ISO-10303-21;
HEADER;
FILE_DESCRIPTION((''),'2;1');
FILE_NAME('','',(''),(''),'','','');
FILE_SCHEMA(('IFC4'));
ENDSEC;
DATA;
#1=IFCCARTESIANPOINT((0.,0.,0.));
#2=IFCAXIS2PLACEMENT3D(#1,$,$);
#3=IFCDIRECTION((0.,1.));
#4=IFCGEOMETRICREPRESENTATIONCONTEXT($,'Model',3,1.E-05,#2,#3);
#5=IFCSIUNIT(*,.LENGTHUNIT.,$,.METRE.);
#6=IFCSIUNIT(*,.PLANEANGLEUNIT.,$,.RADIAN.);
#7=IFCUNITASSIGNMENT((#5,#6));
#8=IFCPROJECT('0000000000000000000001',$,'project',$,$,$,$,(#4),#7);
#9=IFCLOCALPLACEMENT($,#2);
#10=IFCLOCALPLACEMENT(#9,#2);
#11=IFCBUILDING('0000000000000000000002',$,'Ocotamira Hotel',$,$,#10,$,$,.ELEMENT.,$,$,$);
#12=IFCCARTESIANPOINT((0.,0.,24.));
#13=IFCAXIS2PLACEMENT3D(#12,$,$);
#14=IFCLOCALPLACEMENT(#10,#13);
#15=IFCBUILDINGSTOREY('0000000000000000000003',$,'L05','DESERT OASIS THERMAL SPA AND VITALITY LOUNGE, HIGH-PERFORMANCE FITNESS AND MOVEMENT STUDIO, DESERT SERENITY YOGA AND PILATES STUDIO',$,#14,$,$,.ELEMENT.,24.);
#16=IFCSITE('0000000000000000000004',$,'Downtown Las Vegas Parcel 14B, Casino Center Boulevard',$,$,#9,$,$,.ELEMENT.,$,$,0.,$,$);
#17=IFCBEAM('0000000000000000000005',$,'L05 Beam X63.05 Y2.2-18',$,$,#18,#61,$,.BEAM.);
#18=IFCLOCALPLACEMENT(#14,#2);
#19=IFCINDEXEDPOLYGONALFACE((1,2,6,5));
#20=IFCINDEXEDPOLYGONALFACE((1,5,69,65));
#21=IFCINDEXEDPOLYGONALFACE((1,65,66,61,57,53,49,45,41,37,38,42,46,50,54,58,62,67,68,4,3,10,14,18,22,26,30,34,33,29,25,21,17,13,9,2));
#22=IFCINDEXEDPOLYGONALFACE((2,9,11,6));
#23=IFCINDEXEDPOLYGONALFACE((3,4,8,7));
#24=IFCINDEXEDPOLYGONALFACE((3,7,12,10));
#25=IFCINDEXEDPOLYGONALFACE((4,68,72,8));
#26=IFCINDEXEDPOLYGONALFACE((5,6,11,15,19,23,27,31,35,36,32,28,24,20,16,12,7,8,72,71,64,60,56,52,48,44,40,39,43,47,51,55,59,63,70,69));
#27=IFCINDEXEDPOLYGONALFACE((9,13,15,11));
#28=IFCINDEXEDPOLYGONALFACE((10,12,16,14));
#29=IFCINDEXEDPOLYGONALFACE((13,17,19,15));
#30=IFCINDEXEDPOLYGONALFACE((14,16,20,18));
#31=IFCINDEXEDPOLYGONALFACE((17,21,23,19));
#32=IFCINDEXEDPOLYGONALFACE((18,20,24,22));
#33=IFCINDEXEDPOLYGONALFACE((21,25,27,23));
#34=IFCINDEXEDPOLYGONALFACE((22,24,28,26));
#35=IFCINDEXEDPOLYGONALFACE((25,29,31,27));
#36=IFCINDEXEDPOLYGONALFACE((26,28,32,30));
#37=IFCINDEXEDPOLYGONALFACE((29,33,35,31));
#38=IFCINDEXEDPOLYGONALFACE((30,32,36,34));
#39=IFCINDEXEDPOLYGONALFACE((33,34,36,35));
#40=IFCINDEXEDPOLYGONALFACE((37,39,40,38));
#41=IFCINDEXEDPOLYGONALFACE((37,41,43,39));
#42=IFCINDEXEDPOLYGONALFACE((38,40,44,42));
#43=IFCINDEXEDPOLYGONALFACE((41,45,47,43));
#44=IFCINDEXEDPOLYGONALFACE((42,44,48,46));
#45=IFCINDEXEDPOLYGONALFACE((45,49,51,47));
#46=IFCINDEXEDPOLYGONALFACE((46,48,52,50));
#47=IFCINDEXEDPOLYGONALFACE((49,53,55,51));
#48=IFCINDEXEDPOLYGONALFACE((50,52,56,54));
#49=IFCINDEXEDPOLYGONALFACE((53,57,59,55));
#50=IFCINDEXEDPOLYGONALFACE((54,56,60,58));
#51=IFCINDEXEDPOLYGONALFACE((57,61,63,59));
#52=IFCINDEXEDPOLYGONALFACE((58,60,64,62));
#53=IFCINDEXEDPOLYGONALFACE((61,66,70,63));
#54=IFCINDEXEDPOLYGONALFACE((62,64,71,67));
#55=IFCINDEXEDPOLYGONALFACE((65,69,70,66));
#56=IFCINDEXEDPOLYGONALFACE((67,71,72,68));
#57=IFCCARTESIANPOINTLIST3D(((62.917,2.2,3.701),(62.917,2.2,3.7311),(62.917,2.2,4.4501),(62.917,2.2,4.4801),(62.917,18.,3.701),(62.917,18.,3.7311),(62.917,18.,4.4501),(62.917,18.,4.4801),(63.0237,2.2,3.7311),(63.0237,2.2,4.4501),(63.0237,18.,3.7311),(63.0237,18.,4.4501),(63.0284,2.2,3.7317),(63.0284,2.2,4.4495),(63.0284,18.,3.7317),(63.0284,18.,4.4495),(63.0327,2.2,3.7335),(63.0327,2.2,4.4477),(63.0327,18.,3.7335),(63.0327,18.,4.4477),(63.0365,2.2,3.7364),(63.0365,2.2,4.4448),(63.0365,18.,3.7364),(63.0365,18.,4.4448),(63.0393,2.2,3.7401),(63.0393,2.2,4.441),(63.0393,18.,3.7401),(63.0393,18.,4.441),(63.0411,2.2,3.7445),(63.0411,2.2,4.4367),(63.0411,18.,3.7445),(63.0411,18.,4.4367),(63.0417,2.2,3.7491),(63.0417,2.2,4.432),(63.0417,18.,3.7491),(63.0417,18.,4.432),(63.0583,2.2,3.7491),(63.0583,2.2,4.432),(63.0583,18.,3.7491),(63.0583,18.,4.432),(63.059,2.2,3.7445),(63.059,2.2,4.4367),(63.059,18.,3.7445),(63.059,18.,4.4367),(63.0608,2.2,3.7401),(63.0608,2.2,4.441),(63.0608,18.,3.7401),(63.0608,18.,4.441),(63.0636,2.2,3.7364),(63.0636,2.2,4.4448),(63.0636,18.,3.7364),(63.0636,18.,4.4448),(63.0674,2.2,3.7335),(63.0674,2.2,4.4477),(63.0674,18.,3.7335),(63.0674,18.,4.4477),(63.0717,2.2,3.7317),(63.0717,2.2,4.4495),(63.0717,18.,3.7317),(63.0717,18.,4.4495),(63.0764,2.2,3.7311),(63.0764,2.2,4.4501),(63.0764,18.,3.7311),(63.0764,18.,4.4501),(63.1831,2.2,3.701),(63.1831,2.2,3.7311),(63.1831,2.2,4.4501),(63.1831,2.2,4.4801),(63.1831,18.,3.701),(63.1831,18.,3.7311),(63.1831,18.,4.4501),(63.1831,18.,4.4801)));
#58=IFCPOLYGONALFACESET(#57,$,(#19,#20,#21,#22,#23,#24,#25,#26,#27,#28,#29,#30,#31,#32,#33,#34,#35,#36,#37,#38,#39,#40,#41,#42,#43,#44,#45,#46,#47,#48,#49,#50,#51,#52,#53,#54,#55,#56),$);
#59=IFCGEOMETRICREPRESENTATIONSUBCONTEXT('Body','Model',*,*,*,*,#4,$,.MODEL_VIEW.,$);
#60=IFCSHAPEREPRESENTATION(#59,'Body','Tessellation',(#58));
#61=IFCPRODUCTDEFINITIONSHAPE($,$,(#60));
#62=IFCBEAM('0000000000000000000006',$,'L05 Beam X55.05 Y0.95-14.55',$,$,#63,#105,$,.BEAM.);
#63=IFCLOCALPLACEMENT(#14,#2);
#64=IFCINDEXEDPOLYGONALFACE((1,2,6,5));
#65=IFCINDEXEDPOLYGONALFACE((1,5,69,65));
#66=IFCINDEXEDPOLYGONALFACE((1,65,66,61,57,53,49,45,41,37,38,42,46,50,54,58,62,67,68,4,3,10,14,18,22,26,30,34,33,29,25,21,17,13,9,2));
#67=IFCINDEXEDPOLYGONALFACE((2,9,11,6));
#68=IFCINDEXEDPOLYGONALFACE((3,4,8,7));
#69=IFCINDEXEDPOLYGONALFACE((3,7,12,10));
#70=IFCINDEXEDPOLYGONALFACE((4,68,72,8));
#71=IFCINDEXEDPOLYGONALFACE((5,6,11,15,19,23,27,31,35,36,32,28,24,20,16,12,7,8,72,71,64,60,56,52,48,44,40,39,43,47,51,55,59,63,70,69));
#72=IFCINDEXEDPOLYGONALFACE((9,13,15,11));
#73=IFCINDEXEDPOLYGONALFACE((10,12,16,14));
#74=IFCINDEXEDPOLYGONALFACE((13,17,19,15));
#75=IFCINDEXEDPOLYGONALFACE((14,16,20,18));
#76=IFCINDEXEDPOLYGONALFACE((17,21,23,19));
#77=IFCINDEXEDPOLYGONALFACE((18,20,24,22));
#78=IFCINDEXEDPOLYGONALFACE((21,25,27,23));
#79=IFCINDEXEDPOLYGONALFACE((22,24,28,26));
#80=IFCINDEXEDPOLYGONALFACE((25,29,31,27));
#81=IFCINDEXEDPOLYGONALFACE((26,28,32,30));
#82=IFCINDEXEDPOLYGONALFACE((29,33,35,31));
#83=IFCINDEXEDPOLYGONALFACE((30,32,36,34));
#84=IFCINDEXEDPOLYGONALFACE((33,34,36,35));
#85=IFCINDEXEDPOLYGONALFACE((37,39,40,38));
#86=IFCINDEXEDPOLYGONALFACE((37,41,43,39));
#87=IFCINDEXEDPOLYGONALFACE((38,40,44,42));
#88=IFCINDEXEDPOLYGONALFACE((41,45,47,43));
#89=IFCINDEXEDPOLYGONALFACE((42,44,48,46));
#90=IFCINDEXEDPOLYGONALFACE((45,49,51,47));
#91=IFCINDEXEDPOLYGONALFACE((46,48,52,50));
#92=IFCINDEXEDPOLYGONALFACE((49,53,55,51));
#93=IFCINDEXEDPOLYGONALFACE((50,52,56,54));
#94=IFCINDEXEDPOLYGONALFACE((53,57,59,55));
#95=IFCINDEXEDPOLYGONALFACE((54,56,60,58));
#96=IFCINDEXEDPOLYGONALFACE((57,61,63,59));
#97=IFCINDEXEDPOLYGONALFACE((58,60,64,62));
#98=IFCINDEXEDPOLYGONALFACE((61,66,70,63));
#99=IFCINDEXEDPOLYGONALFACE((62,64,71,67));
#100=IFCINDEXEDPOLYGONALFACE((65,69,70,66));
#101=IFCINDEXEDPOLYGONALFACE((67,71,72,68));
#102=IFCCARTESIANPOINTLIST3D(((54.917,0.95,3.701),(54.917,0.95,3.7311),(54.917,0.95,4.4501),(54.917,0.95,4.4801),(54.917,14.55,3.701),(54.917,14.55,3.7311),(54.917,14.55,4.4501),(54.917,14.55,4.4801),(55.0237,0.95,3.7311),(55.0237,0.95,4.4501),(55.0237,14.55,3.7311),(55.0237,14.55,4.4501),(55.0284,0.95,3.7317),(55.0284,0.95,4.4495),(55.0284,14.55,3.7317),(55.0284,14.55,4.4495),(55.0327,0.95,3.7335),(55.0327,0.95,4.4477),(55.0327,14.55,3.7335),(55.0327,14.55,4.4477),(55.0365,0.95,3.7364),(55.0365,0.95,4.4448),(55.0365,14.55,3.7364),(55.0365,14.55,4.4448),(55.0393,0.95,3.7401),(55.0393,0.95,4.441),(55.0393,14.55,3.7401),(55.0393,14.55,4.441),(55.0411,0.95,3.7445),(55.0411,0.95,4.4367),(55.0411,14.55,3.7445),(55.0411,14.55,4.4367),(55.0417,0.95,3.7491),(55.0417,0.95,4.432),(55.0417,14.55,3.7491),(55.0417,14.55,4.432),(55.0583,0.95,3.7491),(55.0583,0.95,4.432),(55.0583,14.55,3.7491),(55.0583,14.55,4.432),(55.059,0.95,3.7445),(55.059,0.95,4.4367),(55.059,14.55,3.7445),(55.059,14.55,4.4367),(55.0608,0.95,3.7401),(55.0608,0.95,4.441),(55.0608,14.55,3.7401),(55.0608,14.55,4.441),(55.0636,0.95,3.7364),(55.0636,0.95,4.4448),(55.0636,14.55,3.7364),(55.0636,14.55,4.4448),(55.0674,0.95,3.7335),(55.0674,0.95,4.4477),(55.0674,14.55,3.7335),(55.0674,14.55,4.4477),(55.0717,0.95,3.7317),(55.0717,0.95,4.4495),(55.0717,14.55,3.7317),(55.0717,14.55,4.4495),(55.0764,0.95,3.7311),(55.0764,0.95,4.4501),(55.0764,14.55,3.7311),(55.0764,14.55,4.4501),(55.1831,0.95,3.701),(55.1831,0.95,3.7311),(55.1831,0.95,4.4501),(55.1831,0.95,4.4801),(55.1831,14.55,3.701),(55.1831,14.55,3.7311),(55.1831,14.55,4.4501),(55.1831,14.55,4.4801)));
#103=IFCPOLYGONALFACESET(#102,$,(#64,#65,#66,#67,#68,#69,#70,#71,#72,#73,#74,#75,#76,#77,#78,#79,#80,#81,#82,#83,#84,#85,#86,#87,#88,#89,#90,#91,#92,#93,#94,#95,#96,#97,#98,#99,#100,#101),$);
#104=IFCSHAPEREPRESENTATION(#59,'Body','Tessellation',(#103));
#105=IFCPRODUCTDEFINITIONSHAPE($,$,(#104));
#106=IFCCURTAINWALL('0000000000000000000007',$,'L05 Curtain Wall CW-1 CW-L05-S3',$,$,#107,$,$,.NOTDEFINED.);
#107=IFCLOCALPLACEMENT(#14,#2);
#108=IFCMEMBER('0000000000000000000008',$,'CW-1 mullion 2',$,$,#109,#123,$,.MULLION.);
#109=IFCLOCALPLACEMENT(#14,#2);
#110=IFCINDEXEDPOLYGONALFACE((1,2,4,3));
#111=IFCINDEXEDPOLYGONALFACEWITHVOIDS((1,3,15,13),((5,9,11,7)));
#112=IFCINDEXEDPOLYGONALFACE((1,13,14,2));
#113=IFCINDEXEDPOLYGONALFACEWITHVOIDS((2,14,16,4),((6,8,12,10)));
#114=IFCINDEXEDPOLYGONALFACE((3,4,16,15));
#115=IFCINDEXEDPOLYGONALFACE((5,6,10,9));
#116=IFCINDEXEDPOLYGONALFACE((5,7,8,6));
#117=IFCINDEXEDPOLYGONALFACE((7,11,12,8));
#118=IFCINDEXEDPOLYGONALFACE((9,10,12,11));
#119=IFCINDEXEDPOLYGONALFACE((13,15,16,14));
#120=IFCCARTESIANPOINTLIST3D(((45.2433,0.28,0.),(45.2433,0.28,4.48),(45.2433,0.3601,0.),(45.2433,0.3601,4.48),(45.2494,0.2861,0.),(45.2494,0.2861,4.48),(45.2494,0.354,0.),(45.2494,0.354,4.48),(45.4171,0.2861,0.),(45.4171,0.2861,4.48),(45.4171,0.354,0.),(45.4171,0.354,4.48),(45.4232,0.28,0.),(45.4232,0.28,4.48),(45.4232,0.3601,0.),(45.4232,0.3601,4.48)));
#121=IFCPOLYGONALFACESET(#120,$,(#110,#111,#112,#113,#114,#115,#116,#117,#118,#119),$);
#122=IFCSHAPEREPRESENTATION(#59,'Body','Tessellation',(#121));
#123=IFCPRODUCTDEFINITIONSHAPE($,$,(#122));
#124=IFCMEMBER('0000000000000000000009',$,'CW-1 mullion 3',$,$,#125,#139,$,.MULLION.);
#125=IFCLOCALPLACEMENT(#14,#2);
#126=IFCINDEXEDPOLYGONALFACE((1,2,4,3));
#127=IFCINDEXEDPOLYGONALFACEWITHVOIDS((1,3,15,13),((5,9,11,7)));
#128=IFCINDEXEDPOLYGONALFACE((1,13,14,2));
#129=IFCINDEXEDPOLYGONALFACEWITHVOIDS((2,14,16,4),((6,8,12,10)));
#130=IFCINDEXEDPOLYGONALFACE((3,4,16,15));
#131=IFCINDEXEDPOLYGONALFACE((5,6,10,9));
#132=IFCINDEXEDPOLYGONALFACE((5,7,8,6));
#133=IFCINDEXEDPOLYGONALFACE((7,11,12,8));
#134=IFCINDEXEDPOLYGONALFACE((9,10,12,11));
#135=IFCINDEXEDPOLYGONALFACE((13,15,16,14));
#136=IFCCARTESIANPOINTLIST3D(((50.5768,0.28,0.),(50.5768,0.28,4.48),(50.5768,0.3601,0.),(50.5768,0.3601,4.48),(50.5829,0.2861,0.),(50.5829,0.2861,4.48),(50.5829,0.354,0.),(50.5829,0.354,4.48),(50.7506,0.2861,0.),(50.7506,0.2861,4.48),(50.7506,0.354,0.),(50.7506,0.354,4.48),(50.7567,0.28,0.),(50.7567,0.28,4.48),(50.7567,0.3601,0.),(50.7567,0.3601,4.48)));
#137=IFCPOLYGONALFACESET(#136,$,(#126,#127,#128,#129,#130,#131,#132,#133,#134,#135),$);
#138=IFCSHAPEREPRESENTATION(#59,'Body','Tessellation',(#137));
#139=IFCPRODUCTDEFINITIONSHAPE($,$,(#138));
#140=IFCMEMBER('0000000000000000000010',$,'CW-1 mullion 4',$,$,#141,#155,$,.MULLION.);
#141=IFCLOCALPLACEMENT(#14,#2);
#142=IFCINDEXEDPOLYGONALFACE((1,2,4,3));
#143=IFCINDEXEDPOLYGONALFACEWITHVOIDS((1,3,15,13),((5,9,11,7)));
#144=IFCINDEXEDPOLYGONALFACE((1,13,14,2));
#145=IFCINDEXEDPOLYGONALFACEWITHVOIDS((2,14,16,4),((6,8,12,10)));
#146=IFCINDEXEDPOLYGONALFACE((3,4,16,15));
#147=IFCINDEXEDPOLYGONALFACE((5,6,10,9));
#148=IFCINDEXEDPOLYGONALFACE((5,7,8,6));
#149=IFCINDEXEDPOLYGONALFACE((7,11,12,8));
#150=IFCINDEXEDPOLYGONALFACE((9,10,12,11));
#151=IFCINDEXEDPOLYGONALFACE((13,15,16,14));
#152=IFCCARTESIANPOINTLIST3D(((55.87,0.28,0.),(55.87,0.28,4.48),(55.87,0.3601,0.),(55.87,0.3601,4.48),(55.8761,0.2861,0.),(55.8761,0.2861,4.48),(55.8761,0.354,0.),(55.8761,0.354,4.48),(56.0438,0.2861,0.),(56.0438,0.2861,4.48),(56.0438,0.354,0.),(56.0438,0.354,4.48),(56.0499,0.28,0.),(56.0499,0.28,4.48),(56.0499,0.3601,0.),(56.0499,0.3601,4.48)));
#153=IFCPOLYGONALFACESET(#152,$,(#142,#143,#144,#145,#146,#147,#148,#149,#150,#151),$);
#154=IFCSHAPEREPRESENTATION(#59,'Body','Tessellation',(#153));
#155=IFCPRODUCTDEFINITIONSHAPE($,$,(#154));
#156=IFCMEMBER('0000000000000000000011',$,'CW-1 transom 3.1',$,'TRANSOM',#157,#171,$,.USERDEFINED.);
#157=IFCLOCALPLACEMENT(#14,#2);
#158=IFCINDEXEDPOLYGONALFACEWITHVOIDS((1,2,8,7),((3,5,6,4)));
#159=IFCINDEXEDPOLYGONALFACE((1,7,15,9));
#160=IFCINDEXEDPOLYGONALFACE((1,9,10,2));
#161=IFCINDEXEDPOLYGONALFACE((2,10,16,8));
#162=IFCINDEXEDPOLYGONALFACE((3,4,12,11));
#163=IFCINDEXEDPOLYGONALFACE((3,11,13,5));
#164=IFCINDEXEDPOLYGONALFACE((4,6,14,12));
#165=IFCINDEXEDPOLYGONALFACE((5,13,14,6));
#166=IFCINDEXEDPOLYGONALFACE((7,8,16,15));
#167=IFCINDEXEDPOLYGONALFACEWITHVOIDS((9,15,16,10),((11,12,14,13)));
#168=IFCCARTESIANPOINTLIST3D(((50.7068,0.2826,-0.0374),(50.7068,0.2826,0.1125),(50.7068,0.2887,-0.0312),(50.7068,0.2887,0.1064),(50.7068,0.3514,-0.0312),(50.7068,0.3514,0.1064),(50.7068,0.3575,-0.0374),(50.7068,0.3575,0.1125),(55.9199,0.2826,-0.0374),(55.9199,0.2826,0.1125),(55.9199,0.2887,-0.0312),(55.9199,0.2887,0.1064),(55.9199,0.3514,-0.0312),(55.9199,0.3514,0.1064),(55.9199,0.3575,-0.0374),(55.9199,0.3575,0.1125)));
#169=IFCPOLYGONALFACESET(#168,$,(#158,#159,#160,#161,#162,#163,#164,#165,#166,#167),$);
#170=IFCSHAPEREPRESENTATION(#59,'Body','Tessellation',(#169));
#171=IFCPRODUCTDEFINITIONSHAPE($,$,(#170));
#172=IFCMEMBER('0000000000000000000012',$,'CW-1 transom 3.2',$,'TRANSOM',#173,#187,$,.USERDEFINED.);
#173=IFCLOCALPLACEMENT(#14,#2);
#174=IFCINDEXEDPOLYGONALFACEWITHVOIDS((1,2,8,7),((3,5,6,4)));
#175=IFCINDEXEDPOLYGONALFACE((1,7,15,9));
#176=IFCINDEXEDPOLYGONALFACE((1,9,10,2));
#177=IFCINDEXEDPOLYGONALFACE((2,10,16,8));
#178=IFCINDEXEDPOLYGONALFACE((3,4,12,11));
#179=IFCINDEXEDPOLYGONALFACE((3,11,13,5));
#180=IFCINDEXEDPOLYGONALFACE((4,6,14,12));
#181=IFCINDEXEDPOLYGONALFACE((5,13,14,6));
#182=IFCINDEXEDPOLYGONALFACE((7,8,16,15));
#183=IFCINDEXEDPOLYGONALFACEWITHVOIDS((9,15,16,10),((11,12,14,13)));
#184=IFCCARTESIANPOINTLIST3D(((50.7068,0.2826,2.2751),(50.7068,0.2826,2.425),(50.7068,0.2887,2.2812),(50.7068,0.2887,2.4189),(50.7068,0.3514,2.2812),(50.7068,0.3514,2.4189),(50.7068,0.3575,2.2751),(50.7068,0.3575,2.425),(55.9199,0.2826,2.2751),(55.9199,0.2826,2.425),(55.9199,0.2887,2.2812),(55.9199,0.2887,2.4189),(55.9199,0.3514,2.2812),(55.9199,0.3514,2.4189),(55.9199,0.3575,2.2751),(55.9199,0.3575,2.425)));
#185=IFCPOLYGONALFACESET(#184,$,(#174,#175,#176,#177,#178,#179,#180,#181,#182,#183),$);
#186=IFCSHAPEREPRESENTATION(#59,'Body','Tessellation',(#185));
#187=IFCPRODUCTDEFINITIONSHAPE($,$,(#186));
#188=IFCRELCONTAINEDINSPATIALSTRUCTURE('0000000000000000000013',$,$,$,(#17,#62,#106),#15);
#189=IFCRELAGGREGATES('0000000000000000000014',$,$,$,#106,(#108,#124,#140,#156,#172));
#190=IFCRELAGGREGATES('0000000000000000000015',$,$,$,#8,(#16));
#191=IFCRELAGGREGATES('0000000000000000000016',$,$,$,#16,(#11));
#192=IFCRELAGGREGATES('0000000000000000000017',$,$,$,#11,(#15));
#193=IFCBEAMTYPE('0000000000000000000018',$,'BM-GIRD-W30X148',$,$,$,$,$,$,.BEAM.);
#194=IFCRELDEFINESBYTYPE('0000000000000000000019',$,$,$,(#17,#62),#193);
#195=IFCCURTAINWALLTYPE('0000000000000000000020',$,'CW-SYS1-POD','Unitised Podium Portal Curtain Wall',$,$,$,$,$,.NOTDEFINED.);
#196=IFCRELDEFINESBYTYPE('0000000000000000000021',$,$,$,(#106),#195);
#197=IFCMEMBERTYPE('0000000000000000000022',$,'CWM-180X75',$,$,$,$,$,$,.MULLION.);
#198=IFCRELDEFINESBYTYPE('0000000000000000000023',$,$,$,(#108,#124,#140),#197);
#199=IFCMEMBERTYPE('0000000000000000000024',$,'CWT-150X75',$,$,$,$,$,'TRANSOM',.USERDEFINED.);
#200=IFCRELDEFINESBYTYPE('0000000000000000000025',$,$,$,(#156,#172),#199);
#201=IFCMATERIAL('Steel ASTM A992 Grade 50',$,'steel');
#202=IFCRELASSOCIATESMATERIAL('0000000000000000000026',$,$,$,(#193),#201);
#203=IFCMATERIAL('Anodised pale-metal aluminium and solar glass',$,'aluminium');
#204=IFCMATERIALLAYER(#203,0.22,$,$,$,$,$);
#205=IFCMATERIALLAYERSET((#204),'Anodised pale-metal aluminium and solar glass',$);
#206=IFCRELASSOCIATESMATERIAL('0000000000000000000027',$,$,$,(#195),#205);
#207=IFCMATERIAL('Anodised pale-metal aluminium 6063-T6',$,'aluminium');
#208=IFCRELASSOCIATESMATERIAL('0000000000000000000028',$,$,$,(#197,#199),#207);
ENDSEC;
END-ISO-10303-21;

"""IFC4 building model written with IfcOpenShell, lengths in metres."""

from ifc_helpers import new_model, si_unit, direction, frame, origin, origin_2d, place, context, subcontext, project, spatial, hollow_rectangle, i_section, extrude, source, transform, mapped, material, layer, layer_set, material_profile, profile_set, type_object, element, aggregate, save


model = new_model("IFC4")

# Units and contexts
model_context = context("Model", 3, precision=1e-05, world=origin(), true_north=direction((0.0, 1.0)))
body_context = subcontext(model_context, "Body", "Model", "MODEL_VIEW")
ifc_project = project(units=[si_unit("LENGTHUNIT", "METRE"), si_unit("PLANEANGLEUNIT", "RADIAN")], contexts=[model_context])

# Site, building, storey
site_placement = place(None, origin())
site = spatial("IfcSite", under=ifc_project, at=site_placement, Name="Downtown Las Vegas Parcel 14B, Casino Center Boulevard", CompositionType="ELEMENT", RefElevation=0.0)
building_placement = place(site_placement, origin())
building = spatial("IfcBuilding", under=site, at=building_placement, Name="Ocotamira Hotel", CompositionType="ELEMENT")
storey_placement = place(building_placement, frame((0.0, 0.0, 24.0)))
storey = spatial("IfcBuildingStorey", under=building, at=storey_placement, Name="L05", Description="DESERT OASIS THERMAL SPA AND VITALITY LOUNGE, HIGH-PERFORMANCE FITNESS AND MOVEMENT STUDIO, DESERT SERENITY YOGA AND PILATES STUDIO", CompositionType="ELEMENT", Elevation=24.0)

# Beams
ifc_material_1 = material(Name="Steel ASTM A992 Grade 50", Category="steel")
ifc_material_profile_1 = material_profile(ifc_material_1, i_section(OverallWidth=0.2661, OverallDepth=0.7791, WebThickness=0.0166, FlangeThickness=0.03, FilletRadius=0.0181, at=origin_2d()), Name="W30X148")
ifc_profile_set_1 = profile_set([ifc_material_profile_1], Name="Steel ASTM A992 Grade 50")
beam_type_1 = type_object("IfcBeamType", Name="BM-GIRD-W30X148", PredefinedType="BEAM", material=ifc_profile_set_1)
shared_shape_1 = source(origin(), body_context, "Body", "SweptSolid", [
    extrude(i_section(OverallWidth=0.2661, OverallDepth=0.7791, WebThickness=0.0166, FlangeThickness=0.03, FilletRadius=0.0181, at=origin_2d()), origin(), (0.0, 0.0, 1.0), 15.8),
])
beam_1_placement = place(storey_placement, frame((63.05, 2.2, 4.0906), z_axis=(0.0, 1.0, 0.0), x_axis=(-1.0, 0.0, 0.0)))
element("IfcBeam", 1, at=beam_1_placement, inside=storey, type_object=beam_type_1, Name="L05 Beam X63.05 Y2.2-18", PredefinedType="BEAM", context=body_context, shape_type="MappedRepresentation", body=[
    mapped(shared_shape_1, transform((0.0, 0.0, 0.0), scale=1.0)),
])
shared_shape_2 = source(origin(), body_context, "Body", "SweptSolid", [
    extrude(i_section(OverallWidth=0.2661, OverallDepth=0.7791, WebThickness=0.0166, FlangeThickness=0.03, FilletRadius=0.0181, at=origin_2d()), origin(), (0.0, 0.0, 1.0), 13.6001),
])
beam_2_placement = place(storey_placement, frame((55.05, 0.95, 4.0906), z_axis=(0.0, 1.0, 0.0), x_axis=(-1.0, 0.0, 0.0)))
element("IfcBeam", 2, at=beam_2_placement, inside=storey, type_object=beam_type_1, Name="L05 Beam X55.05 Y0.95-14.55", PredefinedType="BEAM", context=body_context, shape_type="MappedRepresentation", body=[
    mapped(shared_shape_2, transform((0.0, 0.0, 0.0), scale=1.0)),
])

# Curtain wall, members
ifc_material_2 = material(Name="Anodised pale-metal aluminium and solar glass", Category="aluminium")
ifc_layer_1 = layer(ifc_material_2, 0.22)
ifc_layer_set_1 = layer_set([ifc_layer_1], Name="Anodised pale-metal aluminium and solar glass")
curtain_wall_type = type_object("IfcCurtainWallType", Name="CW-SYS1-POD", Description="Unitised Podium Portal Curtain Wall", PredefinedType="NOTDEFINED", material=ifc_layer_set_1)
curtain_wall_placement = place(storey_placement, origin())
curtain_wall = element("IfcCurtainWall", 3, at=curtain_wall_placement, inside=storey, type_object=curtain_wall_type, Name="L05 Curtain Wall CW-1 CW-L05-S3", PredefinedType="NOTDEFINED")
ifc_material_3 = material(Name="Anodised pale-metal aluminium 6063-T6", Category="aluminium")
ifc_material_profile_2 = material_profile(ifc_material_3, hollow_rectangle(XDim=0.0801, YDim=0.1799, WallThickness=0.0061, at=origin_2d()), Name="HSS180X80X6")
ifc_profile_set_2 = profile_set([ifc_material_profile_2], Name="Anodised pale-metal aluminium 6063-T6")
member_type_1 = type_object("IfcMemberType", Name="CWM-180X75", PredefinedType="MULLION", material=ifc_profile_set_2)
shared_shape_3 = source(origin(), body_context, "Body", "SweptSolid", [
    extrude(hollow_rectangle(XDim=0.0801, YDim=0.1799, WallThickness=0.0061, at=origin_2d()), origin(), (0.0, 0.0, 1.0), 4.48),
])
member_1_placement = place(storey_placement, frame((45.3333, 0.3201, 0.0), z_axis=(0.0, 0.0, 1.0), x_axis=(0.0, 1.0, 0.0)))
member_1 = element("IfcMember", 4, at=member_1_placement, type_object=member_type_1, Name="CW-1 mullion 2", PredefinedType="MULLION", context=body_context, shape_type="MappedRepresentation", body=[
    mapped(shared_shape_3, transform((0.0, 0.0, 0.0), scale=1.0)),
])
member_2_placement = place(storey_placement, frame((50.6667, 0.3201, 0.0), z_axis=(0.0, 0.0, 1.0), x_axis=(0.0, 1.0, 0.0)))
member_2 = element("IfcMember", 5, at=member_2_placement, type_object=member_type_1, Name="CW-1 mullion 3", PredefinedType="MULLION", context=body_context, shape_type="MappedRepresentation", body=[
    mapped(shared_shape_3, transform((0.0, 0.0, 0.0), scale=1.0)),
])
member_3_placement = place(storey_placement, frame((55.96, 0.3201, 0.0), z_axis=(0.0, 0.0, 1.0), x_axis=(0.0, 1.0, 0.0)))
member_3 = element("IfcMember", 6, at=member_3_placement, type_object=member_type_1, Name="CW-1 mullion 4", PredefinedType="MULLION", context=body_context, shape_type="MappedRepresentation", body=[
    mapped(shared_shape_3, transform((0.0, 0.0, 0.0), scale=1.0)),
])
ifc_material_profile_3 = material_profile(ifc_material_3, hollow_rectangle(XDim=0.075, YDim=0.1499, WallThickness=0.0061, at=origin_2d()), Name="HSS150X75X6")
ifc_profile_set_3 = profile_set([ifc_material_profile_3], Name="Anodised pale-metal aluminium 6063-T6")
member_type_2 = type_object("IfcMemberType", Name="CWT-150X75", ElementType="TRANSOM", PredefinedType="USERDEFINED", material=ifc_profile_set_3)
shared_shape_4 = source(origin(), body_context, "Body", "SweptSolid", [
    extrude(hollow_rectangle(XDim=0.075, YDim=0.1499, WallThickness=0.0061, at=origin_2d()), origin(), (0.0, 0.0, 1.0), 5.2131),
])
member_4_placement = place(storey_placement, frame((50.7068, 0.3201, 0.0376), z_axis=(1.0, 0.0, 0.0), x_axis=(0.0, 1.0, 0.0)))
member_4 = element("IfcMember", 7, at=member_4_placement, type_object=member_type_2, Name="CW-1 transom 3.1", ObjectType="TRANSOM", PredefinedType="USERDEFINED", context=body_context, shape_type="MappedRepresentation", body=[
    mapped(shared_shape_4, transform((0.0, 0.0, 0.0), scale=1.0)),
])
member_5_placement = place(storey_placement, frame((50.7068, 0.3201, 2.3501), z_axis=(1.0, 0.0, 0.0), x_axis=(0.0, 1.0, 0.0)))
member_5 = element("IfcMember", 8, at=member_5_placement, type_object=member_type_2, Name="CW-1 transom 3.2", ObjectType="TRANSOM", PredefinedType="USERDEFINED", context=body_context, shape_type="MappedRepresentation", body=[
    mapped(shared_shape_4, transform((0.0, 0.0, 0.0), scale=1.0)),
])
aggregate(curtain_wall, [member_1, member_2, member_3, member_4, member_5])

save(model, "model.ifc")
